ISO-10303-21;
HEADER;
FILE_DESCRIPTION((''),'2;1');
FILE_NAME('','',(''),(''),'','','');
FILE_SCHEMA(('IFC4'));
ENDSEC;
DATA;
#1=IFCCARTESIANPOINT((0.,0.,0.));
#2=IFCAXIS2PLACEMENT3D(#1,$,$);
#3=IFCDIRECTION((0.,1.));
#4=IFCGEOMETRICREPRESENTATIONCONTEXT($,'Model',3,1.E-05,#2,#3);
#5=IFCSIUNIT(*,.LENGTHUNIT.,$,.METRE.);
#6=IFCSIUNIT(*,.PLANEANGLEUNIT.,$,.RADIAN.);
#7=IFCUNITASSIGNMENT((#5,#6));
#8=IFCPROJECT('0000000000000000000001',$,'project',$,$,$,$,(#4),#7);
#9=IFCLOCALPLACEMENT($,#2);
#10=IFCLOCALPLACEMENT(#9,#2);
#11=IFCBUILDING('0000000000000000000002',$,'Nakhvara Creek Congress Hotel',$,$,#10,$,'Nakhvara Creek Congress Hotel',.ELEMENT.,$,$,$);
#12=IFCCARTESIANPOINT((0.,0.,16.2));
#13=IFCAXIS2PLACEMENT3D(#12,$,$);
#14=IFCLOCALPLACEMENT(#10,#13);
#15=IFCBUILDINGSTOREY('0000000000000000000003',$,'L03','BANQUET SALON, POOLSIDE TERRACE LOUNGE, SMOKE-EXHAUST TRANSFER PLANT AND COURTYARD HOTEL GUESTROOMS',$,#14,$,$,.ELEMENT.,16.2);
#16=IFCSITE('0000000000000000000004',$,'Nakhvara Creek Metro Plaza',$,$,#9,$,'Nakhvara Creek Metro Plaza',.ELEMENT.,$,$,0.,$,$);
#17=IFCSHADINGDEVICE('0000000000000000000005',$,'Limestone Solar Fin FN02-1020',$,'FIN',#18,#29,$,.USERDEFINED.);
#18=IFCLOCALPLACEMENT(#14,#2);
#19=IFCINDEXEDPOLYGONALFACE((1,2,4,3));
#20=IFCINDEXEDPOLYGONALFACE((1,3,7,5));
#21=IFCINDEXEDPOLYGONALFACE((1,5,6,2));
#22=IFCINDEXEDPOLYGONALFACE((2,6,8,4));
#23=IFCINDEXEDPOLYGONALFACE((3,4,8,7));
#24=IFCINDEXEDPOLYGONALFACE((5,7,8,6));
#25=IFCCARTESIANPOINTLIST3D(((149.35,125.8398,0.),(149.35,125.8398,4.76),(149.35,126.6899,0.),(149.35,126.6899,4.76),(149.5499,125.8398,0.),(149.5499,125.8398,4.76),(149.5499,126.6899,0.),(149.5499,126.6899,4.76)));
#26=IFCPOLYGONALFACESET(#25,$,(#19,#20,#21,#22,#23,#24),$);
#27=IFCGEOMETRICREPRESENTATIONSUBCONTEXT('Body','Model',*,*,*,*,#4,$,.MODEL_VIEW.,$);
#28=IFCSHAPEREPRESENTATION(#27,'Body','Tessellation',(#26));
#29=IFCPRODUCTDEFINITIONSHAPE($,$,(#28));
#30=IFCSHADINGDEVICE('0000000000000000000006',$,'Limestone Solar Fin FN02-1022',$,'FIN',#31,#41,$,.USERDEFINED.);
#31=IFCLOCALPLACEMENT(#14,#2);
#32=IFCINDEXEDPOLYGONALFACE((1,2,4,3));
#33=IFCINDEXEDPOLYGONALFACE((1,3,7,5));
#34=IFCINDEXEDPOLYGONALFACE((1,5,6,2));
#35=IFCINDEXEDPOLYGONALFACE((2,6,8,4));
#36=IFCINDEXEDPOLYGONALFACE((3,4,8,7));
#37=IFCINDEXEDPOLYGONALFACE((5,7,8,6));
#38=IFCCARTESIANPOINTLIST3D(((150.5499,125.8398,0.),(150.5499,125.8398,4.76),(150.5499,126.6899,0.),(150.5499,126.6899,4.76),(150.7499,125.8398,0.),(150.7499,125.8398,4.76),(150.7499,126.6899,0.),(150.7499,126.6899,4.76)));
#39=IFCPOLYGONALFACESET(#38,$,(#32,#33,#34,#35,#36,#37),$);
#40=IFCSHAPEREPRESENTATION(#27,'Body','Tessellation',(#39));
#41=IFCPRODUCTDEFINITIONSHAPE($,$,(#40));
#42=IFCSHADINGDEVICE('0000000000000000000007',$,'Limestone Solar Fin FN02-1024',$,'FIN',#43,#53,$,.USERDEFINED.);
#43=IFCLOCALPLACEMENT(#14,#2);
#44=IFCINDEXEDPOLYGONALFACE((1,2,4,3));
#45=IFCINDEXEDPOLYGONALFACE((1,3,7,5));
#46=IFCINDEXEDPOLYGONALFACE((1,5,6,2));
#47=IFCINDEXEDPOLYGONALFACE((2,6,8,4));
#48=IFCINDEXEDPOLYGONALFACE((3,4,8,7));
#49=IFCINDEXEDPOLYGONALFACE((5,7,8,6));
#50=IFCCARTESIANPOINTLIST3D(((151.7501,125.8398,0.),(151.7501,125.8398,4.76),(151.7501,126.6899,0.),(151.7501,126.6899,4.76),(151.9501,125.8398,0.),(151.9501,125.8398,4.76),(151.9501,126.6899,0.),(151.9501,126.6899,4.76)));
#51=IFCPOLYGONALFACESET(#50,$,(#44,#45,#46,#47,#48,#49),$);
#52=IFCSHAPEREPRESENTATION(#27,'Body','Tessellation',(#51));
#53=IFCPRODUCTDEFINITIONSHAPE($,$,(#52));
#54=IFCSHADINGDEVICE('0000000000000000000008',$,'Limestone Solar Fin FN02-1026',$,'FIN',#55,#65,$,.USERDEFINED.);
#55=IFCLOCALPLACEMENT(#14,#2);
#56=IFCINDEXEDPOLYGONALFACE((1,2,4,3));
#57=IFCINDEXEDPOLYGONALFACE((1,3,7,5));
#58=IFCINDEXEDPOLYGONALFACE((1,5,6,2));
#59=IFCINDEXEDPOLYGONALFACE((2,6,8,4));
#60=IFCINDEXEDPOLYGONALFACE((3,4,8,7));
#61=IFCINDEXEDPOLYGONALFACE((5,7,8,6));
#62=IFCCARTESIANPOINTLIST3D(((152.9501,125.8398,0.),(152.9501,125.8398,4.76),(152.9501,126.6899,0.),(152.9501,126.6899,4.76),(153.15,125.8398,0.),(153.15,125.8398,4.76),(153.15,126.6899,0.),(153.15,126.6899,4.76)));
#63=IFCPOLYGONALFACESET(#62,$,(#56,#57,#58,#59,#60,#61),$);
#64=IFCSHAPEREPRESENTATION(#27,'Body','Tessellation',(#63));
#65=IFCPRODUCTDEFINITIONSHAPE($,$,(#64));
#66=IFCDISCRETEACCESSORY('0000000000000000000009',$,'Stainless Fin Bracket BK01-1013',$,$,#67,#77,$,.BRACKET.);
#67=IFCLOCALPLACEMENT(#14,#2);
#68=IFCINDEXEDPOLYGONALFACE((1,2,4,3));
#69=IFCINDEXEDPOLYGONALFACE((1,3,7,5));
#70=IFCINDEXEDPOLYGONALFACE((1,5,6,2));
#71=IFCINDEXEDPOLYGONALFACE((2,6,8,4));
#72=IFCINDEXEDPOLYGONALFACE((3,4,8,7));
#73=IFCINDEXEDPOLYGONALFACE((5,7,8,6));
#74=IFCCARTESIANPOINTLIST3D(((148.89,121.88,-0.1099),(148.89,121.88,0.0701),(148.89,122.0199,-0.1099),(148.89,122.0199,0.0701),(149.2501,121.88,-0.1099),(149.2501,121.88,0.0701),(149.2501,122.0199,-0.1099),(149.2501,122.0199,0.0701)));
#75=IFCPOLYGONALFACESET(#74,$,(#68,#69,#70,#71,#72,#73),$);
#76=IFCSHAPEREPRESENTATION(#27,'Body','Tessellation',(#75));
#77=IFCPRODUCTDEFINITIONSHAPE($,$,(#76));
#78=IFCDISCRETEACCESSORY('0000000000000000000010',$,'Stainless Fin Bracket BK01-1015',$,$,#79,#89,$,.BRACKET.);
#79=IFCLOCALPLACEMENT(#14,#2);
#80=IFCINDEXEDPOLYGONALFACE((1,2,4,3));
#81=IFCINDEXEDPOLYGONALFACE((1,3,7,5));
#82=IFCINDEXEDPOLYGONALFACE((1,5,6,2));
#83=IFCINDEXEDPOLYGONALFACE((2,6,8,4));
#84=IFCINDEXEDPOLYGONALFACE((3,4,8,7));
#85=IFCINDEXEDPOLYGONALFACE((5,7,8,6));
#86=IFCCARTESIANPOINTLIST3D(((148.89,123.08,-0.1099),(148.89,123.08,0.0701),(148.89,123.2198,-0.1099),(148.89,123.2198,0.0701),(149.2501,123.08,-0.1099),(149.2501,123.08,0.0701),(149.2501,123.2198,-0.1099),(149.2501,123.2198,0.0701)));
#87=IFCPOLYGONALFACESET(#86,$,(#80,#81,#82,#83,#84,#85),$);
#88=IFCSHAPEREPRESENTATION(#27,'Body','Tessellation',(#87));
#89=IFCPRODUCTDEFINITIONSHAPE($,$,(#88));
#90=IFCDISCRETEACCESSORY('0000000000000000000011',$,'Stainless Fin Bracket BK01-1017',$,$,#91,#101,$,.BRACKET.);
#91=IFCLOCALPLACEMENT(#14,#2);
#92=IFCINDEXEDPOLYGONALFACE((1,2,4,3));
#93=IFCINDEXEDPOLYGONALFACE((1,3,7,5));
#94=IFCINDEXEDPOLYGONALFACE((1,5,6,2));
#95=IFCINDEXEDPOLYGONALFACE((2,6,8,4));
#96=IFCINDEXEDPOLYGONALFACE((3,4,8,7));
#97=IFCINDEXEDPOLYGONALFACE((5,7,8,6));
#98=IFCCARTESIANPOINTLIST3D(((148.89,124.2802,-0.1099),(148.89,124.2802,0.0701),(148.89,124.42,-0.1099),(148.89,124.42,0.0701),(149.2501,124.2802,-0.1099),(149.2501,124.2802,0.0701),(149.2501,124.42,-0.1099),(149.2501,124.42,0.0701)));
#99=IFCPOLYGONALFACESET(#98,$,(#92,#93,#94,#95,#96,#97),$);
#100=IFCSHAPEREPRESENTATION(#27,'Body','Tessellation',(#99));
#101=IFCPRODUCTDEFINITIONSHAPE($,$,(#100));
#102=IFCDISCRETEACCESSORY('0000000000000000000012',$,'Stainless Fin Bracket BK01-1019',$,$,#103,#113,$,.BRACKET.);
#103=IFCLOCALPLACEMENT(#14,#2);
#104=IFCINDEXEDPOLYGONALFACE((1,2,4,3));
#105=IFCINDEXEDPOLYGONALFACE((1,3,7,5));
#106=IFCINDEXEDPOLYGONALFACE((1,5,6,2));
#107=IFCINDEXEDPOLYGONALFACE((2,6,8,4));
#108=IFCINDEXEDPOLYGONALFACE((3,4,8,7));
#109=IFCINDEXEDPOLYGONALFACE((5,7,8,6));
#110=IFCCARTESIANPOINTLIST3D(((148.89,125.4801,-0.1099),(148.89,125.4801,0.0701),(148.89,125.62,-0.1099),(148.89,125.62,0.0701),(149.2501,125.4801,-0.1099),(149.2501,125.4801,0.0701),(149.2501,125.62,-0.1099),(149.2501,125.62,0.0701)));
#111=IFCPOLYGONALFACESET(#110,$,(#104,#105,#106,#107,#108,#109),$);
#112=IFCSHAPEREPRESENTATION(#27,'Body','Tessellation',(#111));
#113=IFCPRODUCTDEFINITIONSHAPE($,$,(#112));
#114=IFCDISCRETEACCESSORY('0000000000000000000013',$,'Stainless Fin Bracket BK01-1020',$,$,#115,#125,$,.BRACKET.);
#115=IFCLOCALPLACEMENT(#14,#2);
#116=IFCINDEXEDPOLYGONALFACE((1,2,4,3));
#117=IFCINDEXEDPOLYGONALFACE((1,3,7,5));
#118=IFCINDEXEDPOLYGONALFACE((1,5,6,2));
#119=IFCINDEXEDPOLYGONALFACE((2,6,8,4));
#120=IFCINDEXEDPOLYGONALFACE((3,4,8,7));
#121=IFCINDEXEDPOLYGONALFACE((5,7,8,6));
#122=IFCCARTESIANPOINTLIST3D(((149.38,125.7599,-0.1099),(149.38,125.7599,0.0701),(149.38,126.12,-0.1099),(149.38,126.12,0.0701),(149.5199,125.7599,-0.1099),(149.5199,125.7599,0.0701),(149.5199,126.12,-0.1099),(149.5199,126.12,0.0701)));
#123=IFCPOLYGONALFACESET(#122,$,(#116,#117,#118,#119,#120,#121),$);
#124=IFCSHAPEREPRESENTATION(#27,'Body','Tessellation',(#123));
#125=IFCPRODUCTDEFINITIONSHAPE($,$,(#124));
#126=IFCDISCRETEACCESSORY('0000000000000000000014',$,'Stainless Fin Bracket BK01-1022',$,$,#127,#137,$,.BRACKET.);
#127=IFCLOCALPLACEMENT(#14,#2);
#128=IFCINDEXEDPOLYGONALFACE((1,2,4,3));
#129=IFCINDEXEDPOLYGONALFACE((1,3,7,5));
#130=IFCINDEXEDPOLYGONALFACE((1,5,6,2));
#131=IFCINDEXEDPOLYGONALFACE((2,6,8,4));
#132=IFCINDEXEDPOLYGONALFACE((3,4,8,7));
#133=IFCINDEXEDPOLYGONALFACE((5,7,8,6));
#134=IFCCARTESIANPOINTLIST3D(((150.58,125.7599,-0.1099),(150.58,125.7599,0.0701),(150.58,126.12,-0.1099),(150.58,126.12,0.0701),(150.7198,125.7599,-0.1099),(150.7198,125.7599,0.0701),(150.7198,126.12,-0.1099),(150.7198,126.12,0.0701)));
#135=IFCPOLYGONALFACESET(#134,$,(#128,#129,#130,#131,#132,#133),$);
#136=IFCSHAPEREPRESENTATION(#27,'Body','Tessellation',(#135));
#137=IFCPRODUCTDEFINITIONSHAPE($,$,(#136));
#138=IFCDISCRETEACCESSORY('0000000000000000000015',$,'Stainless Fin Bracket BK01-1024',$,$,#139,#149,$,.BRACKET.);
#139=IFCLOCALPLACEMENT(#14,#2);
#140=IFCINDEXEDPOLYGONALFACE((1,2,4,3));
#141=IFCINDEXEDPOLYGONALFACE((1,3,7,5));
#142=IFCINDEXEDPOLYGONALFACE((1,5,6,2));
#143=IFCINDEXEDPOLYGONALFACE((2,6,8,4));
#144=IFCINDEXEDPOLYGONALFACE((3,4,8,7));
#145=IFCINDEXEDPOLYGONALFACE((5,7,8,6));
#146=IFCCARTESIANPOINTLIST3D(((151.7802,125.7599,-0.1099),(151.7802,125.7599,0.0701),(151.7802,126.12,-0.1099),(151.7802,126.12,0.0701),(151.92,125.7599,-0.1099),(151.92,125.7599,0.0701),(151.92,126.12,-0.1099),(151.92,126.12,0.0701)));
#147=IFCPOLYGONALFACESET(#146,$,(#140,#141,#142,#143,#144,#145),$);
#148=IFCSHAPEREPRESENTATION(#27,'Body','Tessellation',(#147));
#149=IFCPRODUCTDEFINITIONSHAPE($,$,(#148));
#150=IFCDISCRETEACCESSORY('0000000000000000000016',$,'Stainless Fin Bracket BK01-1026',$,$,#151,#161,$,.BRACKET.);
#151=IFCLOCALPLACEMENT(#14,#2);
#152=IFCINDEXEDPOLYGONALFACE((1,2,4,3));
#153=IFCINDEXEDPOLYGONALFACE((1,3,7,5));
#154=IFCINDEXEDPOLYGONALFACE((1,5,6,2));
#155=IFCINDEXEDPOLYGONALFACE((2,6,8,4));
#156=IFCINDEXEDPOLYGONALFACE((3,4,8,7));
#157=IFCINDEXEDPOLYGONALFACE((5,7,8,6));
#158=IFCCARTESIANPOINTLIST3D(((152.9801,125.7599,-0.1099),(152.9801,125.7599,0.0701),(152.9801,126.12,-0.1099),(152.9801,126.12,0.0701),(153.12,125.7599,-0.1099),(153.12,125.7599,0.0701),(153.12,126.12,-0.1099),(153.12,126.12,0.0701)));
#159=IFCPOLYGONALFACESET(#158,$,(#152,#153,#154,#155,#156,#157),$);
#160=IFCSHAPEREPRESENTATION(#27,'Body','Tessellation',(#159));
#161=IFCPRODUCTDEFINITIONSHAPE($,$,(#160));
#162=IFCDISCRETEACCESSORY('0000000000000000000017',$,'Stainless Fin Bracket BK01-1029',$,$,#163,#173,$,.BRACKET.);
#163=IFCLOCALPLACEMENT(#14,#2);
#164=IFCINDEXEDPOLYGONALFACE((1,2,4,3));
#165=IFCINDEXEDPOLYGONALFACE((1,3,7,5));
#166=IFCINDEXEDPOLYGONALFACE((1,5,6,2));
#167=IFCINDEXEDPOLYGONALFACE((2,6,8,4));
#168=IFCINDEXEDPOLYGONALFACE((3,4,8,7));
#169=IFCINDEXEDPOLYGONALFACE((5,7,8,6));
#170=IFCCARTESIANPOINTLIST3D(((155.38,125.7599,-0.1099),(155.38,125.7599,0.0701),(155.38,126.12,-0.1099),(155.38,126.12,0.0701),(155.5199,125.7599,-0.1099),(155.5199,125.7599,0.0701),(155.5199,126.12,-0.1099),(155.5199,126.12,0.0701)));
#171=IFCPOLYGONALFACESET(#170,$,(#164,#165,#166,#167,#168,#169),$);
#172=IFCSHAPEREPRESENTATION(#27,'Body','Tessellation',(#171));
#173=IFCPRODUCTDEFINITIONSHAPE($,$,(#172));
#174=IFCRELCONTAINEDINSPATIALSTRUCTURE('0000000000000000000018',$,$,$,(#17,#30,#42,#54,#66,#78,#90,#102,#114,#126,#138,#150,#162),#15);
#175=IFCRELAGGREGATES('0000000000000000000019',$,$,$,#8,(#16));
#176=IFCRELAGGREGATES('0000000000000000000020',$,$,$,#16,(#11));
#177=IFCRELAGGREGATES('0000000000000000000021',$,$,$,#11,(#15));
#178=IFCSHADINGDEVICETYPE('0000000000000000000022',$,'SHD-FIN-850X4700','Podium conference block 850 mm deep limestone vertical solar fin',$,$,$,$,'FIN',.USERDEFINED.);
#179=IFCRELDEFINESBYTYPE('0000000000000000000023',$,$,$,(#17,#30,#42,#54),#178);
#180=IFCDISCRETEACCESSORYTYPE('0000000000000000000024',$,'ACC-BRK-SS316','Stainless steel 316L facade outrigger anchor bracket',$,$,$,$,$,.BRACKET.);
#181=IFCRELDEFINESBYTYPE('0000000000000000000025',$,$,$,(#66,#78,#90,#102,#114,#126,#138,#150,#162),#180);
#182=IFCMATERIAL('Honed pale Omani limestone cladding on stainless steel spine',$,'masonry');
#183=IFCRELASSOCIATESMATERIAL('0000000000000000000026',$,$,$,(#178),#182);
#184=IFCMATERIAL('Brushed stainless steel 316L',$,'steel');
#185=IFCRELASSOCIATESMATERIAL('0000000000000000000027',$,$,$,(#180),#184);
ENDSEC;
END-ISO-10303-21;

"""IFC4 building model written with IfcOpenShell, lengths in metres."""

from ifc_helpers import new_model, si_unit, direction, frame, origin, origin_2d, place, context, subcontext, project, spatial, rectangle, extrude, material, type_object, element, save


model = new_model("IFC4")

# Units and contexts
model_context = context("Model", 3, precision=1e-05, world=origin(), true_north=direction((0.0, 1.0)))
body_context = subcontext(model_context, "Body", "Model", "MODEL_VIEW")
ifc_project = project(units=[si_unit("LENGTHUNIT", "METRE"), si_unit("PLANEANGLEUNIT", "RADIAN")], contexts=[model_context])

# Site, building, storey
site_placement = place(None, origin())
site = spatial("IfcSite", under=ifc_project, at=site_placement, Name="Nakhvara Creek Metro Plaza", LongName="Nakhvara Creek Metro Plaza", CompositionType="ELEMENT", RefElevation=0.0)
building_placement = place(site_placement, origin())
building = spatial("IfcBuilding", under=site, at=building_placement, Name="Nakhvara Creek Congress Hotel", LongName="Nakhvara Creek Congress Hotel", CompositionType="ELEMENT")
storey_placement = place(building_placement, frame((0.0, 0.0, 16.2)))
storey = spatial("IfcBuildingStorey", under=building, at=storey_placement, Name="L03", Description="BANQUET SALON, POOLSIDE TERRACE LOUNGE, SMOKE-EXHAUST TRANSFER PLANT AND COURTYARD HOTEL GUESTROOMS", CompositionType="ELEMENT", Elevation=16.2)

# Shading devices
ifc_material_1 = material(Name="Honed pale Omani limestone cladding on stainless steel spine", Category="masonry")
shading_device_type = type_object("IfcShadingDeviceType", Name="SHD-FIN-850X4700", Description="Podium conference block 850 mm deep limestone vertical solar fin", ElementType="FIN", PredefinedType="USERDEFINED", material=ifc_material_1)
for number, where, z_axis, x_axis, name in (
    (1, (149.45, 126.2649, 0.0), (0.0, 0.0, 1.0), (1.0, 0.0, 0.0), "Limestone Solar Fin FN02-1020"),
    (2, (150.6499, 126.2649, 0.0), (0.0, 0.0, 1.0), (1.0, 0.0, 0.0), "Limestone Solar Fin FN02-1022"),
    (3, (151.8501, 126.2649, 0.0), (0.0, 0.0, 1.0), (1.0, 0.0, 0.0), "Limestone Solar Fin FN02-1024"),
    (4, (153.05, 126.2649, 0.0), (0.0, 0.0, 1.0), (1.0, 0.0, 0.0), "Limestone Solar Fin FN02-1026"),
):
    element("IfcShadingDevice", number, at=place(storey_placement, frame(where, z_axis=z_axis, x_axis=x_axis)), inside=storey, type_object=shading_device_type, Name=name, ObjectType="FIN", PredefinedType="USERDEFINED", context=body_context, shape_type="SweptSolid", body=[
        extrude(rectangle(XDim=0.2, YDim=0.8501, at=origin_2d()), origin(), (0.0, 0.0, 1.0), 4.76),
    ])

# Discrete accessories
ifc_material_2 = material(Name="Brushed stainless steel 316L", Category="steel")
discrete_accessory_type = type_object("IfcDiscreteAccessoryType", Name="ACC-BRK-SS316", Description="Stainless steel 316L facade outrigger anchor bracket", PredefinedType="BRACKET", material=ifc_material_2)
for number, where, z_axis, x_axis, name in (
    (5, (149.0701, 121.95, -0.1099), (0.0, 0.0, 1.0), (0.0, 1.0, 0.0), "Stainless Fin Bracket BK01-1013"),
    (6, (149.0701, 123.1499, -0.1099), (0.0, 0.0, 1.0), (0.0, 1.0, 0.0), "Stainless Fin Bracket BK01-1015"),
    (7, (149.0701, 124.3501, -0.1099), (0.0, 0.0, 1.0), (0.0, 1.0, 0.0), "Stainless Fin Bracket BK01-1017"),
    (8, (149.0701, 125.55, -0.1099), (0.0, 0.0, 1.0), (0.0, 1.0, 0.0), "Stainless Fin Bracket BK01-1019"),
    (9, (149.45, 125.9399, -0.1099), (0.0, 0.0, 1.0), (1.0, 0.0, 0.0), "Stainless Fin Bracket BK01-1020"),
    (10, (150.6499, 125.9399, -0.1099), (0.0, 0.0, 1.0), (1.0, 0.0, 0.0), "Stainless Fin Bracket BK01-1022"),
    (11, (151.8501, 125.9399, -0.1099), (0.0, 0.0, 1.0), (1.0, 0.0, 0.0), "Stainless Fin Bracket BK01-1024"),
    (12, (153.05, 125.9399, -0.1099), (0.0, 0.0, 1.0), (1.0, 0.0, 0.0), "Stainless Fin Bracket BK01-1026"),
    (13, (155.45, 125.9399, -0.1099), (0.0, 0.0, 1.0), (1.0, 0.0, 0.0), "Stainless Fin Bracket BK01-1029"),
):
    element("IfcDiscreteAccessory", number, at=place(storey_placement, frame(where, z_axis=z_axis, x_axis=x_axis)), inside=storey, type_object=discrete_accessory_type, Name=name, PredefinedType="BRACKET", context=body_context, shape_type="SweptSolid", body=[
        extrude(rectangle(XDim=0.1399, YDim=0.3601, at=origin_2d()), origin(), (0.0, 0.0, 1.0), 0.1799),
    ])

save(model, "model.ifc")
